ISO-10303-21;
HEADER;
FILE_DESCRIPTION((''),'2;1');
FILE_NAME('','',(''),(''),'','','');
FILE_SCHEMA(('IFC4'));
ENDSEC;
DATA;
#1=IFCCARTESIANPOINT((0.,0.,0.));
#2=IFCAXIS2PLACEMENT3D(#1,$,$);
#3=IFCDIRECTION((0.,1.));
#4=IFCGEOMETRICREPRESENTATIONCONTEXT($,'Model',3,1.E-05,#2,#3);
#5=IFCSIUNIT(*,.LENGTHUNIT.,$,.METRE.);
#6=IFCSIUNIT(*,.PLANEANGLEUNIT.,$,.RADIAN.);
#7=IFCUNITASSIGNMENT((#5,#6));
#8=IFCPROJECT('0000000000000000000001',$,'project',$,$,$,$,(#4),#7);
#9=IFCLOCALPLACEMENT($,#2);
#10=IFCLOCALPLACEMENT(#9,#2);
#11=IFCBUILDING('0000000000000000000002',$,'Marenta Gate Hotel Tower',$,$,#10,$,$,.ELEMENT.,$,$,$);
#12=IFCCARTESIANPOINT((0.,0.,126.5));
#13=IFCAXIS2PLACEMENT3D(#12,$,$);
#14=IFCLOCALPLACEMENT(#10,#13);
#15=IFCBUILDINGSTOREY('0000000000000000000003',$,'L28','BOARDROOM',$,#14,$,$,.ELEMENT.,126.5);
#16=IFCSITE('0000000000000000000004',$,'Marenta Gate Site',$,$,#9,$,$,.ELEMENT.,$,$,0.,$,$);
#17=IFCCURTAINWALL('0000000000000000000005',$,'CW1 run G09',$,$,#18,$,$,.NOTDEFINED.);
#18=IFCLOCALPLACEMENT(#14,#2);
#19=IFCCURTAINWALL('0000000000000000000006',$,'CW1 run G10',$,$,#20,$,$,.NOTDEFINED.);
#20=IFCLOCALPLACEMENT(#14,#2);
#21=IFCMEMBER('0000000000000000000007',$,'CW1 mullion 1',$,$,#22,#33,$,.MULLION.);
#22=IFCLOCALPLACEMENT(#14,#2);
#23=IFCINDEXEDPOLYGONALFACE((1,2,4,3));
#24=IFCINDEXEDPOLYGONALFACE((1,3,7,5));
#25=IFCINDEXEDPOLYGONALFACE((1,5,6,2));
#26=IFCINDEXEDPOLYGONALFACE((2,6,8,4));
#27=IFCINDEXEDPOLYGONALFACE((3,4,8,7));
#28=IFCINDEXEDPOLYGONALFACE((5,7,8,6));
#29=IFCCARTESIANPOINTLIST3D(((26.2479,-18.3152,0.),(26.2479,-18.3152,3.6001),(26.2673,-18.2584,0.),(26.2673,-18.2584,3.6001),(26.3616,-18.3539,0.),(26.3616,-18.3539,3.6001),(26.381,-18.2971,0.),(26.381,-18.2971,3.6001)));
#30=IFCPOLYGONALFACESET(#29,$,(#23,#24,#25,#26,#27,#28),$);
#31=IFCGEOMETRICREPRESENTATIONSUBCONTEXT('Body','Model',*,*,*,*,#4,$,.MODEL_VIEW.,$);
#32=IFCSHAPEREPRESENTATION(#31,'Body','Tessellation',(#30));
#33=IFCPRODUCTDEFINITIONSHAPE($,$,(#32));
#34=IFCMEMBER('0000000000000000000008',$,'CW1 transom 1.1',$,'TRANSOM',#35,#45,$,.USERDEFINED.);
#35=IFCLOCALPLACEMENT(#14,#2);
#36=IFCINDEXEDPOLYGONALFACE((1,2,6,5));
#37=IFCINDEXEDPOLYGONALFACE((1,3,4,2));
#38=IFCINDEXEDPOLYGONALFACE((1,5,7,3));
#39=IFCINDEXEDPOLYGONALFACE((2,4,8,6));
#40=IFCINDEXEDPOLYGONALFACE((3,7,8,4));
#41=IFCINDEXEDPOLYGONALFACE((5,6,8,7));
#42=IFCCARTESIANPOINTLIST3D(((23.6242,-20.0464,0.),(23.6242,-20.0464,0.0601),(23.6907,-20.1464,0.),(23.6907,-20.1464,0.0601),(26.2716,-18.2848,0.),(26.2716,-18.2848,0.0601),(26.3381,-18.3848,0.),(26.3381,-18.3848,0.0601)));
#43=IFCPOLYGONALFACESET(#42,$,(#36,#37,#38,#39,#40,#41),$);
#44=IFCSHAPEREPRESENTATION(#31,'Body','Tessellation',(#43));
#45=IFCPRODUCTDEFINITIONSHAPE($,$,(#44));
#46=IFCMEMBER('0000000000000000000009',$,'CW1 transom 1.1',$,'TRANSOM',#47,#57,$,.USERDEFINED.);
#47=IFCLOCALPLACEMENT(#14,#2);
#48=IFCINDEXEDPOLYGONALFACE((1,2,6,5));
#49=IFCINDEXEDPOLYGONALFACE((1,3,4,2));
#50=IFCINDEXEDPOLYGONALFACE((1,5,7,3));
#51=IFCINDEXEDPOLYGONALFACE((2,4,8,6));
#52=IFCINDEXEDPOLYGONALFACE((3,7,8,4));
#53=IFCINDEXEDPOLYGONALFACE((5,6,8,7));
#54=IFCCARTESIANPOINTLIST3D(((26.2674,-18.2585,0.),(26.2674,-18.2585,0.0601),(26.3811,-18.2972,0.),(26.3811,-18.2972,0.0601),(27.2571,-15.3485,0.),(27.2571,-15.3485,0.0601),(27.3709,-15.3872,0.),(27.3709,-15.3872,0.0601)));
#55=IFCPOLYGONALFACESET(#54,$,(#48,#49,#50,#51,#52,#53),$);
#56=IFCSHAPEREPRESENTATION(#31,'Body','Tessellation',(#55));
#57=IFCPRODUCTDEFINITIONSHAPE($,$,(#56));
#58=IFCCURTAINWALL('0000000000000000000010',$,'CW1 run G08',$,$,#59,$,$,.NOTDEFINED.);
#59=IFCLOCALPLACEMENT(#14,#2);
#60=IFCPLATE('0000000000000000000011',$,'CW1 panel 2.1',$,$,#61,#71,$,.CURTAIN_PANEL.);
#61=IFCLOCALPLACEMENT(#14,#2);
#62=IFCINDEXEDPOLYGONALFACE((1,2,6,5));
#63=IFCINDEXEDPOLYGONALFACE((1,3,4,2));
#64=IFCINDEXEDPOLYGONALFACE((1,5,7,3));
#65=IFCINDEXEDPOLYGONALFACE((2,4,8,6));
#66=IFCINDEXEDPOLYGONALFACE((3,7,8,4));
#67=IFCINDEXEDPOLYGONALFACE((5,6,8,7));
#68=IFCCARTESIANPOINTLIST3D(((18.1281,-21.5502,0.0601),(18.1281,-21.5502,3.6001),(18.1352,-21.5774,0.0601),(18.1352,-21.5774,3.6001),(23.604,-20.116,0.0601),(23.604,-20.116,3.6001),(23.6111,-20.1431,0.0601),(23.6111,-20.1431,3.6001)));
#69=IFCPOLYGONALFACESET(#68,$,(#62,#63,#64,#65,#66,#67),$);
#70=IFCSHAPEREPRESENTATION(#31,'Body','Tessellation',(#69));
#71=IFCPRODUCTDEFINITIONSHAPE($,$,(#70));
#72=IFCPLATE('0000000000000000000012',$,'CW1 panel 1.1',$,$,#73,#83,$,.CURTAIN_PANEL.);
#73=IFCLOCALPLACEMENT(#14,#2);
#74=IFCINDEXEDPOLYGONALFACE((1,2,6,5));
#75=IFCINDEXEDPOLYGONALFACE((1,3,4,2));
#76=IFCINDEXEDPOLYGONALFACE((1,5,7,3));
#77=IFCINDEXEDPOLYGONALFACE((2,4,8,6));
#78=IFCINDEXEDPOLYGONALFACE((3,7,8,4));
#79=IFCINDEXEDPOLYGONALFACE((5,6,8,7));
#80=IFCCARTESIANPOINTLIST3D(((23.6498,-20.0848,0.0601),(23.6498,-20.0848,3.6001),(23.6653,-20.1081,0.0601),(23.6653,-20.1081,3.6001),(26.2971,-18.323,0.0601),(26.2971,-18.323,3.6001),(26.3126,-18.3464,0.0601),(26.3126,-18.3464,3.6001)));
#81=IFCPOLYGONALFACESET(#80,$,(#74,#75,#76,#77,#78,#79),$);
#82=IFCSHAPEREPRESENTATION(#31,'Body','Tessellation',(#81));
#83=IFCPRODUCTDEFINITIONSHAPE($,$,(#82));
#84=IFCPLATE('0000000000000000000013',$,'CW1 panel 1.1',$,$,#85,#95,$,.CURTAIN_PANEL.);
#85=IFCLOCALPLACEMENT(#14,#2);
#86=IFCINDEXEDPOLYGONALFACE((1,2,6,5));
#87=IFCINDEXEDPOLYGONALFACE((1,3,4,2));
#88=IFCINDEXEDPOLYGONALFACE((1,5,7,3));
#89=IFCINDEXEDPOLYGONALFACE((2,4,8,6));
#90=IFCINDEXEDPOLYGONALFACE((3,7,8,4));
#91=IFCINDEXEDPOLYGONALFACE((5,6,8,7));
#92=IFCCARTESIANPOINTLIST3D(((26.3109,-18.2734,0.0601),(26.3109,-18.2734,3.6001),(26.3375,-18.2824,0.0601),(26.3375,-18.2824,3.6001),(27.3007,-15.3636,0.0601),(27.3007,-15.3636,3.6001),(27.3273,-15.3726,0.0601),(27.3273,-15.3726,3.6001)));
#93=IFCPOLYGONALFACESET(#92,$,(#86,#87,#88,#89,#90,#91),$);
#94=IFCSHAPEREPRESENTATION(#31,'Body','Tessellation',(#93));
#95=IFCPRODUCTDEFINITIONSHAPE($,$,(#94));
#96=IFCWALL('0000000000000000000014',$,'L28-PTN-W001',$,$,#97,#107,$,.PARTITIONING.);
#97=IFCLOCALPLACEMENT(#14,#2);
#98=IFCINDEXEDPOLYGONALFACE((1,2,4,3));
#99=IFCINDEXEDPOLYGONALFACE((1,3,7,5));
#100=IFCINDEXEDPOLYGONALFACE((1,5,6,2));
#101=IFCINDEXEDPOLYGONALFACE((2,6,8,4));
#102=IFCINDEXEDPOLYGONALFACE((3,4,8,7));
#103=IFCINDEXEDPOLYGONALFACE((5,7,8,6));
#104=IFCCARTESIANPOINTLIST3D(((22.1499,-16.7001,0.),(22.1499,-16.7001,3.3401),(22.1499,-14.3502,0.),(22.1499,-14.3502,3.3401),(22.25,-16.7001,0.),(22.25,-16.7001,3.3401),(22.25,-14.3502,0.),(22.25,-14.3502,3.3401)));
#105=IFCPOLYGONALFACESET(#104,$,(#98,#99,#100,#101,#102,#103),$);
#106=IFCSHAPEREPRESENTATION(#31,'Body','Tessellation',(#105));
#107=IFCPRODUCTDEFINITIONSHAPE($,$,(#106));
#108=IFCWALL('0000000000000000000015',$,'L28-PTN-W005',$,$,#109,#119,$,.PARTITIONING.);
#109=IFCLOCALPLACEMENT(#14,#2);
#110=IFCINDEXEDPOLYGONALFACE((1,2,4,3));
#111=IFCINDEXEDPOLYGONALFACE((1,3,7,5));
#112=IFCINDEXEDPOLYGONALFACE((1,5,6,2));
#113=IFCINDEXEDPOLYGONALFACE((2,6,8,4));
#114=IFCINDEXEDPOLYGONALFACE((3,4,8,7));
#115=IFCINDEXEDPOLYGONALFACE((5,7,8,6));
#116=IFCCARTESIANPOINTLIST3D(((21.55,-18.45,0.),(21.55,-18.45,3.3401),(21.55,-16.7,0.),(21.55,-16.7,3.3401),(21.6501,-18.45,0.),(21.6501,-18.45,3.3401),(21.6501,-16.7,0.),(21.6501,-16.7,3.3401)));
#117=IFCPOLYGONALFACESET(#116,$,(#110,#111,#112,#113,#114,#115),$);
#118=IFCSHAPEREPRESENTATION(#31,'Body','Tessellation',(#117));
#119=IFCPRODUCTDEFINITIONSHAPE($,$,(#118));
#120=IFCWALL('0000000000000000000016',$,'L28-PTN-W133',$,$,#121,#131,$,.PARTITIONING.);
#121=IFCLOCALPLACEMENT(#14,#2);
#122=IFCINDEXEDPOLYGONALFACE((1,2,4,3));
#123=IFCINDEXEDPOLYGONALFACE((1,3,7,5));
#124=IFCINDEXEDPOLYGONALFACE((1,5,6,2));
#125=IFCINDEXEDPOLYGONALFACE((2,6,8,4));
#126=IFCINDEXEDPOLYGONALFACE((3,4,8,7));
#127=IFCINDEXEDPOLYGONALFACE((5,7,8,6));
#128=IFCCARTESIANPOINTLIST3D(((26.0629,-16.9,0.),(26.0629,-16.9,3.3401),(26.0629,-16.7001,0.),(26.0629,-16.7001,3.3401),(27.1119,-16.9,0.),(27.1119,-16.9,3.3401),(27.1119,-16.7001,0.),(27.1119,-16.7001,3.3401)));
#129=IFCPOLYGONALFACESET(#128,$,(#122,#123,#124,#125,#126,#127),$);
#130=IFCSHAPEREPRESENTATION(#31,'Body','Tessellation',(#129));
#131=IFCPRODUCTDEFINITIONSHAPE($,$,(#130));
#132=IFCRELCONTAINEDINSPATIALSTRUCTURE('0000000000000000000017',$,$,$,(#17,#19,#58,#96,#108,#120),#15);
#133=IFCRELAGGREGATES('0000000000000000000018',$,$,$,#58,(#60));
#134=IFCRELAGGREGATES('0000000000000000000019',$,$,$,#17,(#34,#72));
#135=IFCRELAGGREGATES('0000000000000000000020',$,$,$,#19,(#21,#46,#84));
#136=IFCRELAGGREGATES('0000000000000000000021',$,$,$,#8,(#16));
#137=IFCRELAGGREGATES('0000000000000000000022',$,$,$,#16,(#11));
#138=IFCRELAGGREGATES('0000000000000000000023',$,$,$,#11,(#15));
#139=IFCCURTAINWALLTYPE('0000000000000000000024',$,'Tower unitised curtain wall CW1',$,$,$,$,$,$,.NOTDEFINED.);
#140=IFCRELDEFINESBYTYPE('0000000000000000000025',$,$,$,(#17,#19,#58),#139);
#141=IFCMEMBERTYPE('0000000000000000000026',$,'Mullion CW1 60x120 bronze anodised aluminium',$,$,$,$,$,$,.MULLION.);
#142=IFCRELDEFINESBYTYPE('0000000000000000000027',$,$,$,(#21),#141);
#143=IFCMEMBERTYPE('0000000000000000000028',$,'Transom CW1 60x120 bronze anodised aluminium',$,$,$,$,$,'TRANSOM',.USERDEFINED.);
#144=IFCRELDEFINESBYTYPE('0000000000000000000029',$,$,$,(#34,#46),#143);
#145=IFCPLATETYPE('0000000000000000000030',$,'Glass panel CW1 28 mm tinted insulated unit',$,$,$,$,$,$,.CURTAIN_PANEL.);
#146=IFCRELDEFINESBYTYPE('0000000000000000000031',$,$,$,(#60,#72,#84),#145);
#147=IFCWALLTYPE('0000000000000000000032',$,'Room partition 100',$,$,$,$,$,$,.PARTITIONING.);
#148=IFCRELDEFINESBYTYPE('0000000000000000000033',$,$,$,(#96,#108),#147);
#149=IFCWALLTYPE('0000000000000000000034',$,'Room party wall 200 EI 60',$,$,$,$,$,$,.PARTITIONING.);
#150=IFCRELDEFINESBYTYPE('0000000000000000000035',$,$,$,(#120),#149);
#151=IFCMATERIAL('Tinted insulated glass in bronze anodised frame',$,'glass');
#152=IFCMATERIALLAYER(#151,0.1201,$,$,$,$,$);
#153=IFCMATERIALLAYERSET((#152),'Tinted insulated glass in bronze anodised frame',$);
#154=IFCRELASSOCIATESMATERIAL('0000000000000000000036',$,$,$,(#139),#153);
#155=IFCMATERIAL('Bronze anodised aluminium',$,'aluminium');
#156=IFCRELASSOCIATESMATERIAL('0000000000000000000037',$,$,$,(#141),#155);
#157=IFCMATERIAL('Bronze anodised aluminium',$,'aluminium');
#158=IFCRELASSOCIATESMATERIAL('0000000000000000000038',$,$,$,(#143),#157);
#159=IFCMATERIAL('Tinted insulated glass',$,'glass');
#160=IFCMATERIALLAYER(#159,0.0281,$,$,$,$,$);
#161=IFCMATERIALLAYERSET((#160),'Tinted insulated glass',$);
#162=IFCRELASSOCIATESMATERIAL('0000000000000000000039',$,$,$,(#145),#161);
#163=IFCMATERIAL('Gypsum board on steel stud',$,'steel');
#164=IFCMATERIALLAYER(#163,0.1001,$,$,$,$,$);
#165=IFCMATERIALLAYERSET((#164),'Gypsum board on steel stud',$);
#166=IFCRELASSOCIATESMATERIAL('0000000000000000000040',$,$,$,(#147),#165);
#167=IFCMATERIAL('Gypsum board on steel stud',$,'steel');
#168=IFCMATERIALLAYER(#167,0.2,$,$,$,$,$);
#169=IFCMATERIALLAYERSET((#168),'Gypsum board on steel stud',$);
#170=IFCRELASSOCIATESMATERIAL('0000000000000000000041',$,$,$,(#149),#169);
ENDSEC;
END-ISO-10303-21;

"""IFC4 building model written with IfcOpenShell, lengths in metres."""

from ifc_helpers import new_model, si_unit, direction, frame, frame_2d, origin, origin_2d, place, context, subcontext, project, spatial, rectangle, extrude, material, layer, layer_set, material_profile, profile_set, type_object, element, aggregate, save


model = new_model("IFC4")

# Units and contexts
model_context = context("Model", 3, precision=1e-05, world=origin(), true_north=direction((0.0, 1.0)))
body_context = subcontext(model_context, "Body", "Model", "MODEL_VIEW")
ifc_project = project(units=[si_unit("LENGTHUNIT", "METRE"), si_unit("PLANEANGLEUNIT", "RADIAN")], contexts=[model_context])

# Site, building, storey
site_placement = place(None, origin())
site = spatial("IfcSite", under=ifc_project, at=site_placement, Name="Marenta Gate Site", CompositionType="ELEMENT", RefElevation=0.0)
building_placement = place(site_placement, origin())
building = spatial("IfcBuilding", under=site, at=building_placement, Name="Marenta Gate Hotel Tower", CompositionType="ELEMENT")
storey_placement = place(building_placement, frame((0.0, 0.0, 126.5)))
storey = spatial("IfcBuildingStorey", under=building, at=storey_placement, Name="L28", Description="BOARDROOM", CompositionType="ELEMENT", Elevation=126.5)

# Curtain walls, member
ifc_material_1 = material(Name="Tinted insulated glass in bronze anodised frame", Category="glass")
ifc_layer_1 = layer(ifc_material_1, 0.1201)
ifc_layer_set_1 = layer_set([ifc_layer_1], Name="Tinted insulated glass in bronze anodised frame")
curtain_wall_type = type_object("IfcCurtainWallType", Name="Tower unitised curtain wall CW1", PredefinedType="NOTDEFINED", material=ifc_layer_set_1)
curtain_wall_1_placement = place(storey_placement, origin())
curtain_wall_1 = element("IfcCurtainWall", 1, at=curtain_wall_1_placement, inside=storey, type_object=curtain_wall_type, Name="CW1 run G09", PredefinedType="NOTDEFINED")
ifc_material_2 = material(Name="Bronze anodised aluminium", Category="aluminium")
ifc_material_profile_1 = material_profile(ifc_material_2, rectangle(XDim=0.1201, YDim=0.0601, at=origin_2d()), Name="Mullion CW1 60x120 bronze anodised aluminium")
ifc_profile_set_1 = profile_set([ifc_material_profile_1], Name="Bronze anodised aluminium")
member_type_1 = type_object("IfcMemberType", Name="Mullion CW1 60x120 bronze anodised aluminium", PredefinedType="MULLION", material=ifc_profile_set_1)
curtain_wall_2_placement = place(storey_placement, origin())
curtain_wall_2 = element("IfcCurtainWall", 2, at=curtain_wall_2_placement, inside=storey, type_object=curtain_wall_type, Name="CW1 run G10", PredefinedType="NOTDEFINED")
member_1_placement = place(storey_placement, frame((26.3145, -18.3062, 0.0), z_axis=(0.0, 0.0, 1.0), x_axis=(-0.946728, 0.322033, 0.0)))
member_1 = element("IfcMember", 3, at=member_1_placement, type_object=member_type_1, Name="CW1 mullion 1", PredefinedType="MULLION", context=body_context, shape_type="SweptSolid", body=[
    extrude(rectangle(XDim=0.1201, YDim=0.0601, at=origin_2d()), origin(), (0.0, 0.0, 1.0), 3.6001),
])

# Members
ifc_material_3 = material(Name="Bronze anodised aluminium", Category="aluminium")
ifc_material_profile_2 = material_profile(ifc_material_3, rectangle(XDim=0.1201, YDim=0.0601, at=origin_2d()), Name="Transom CW1 60x120 bronze anodised aluminium")
ifc_profile_set_2 = profile_set([ifc_material_profile_2], Name="Bronze anodised aluminium")
member_type_2 = type_object("IfcMemberType", Name="Transom CW1 60x120 bronze anodised aluminium", ElementType="TRANSOM", PredefinedType="USERDEFINED", material=ifc_profile_set_2)
member_2_placement = place(storey_placement, frame((23.6575, -20.0964, 0.03), z_axis=(0.832522, 0.553991, 0.0), x_axis=(-0.553991, 0.832522, 0.0)))
member_2 = element("IfcMember", 4, at=member_2_placement, type_object=member_type_2, Name="CW1 transom 1.1", ObjectType="TRANSOM", PredefinedType="USERDEFINED", context=body_context, shape_type="SweptSolid", body=[
    extrude(rectangle(XDim=0.1201, YDim=0.0601, at=origin_2d()), origin(), (0.0, 0.0, 1.0), 3.1799),
])
member_3_placement = place(storey_placement, frame((26.3242, -18.2778, 0.03), z_axis=(0.322012, 0.946735, 0.0), x_axis=(-0.946735, 0.322012, 0.0)))
member_3 = element("IfcMember", 5, at=member_3_placement, type_object=member_type_2, Name="CW1 transom 1.1", ObjectType="TRANSOM", PredefinedType="USERDEFINED", context=body_context, shape_type="SweptSolid", body=[
    extrude(rectangle(XDim=0.1201, YDim=0.0601, at=origin_2d()), origin(), (0.0, 0.0, 1.0), 3.0737),
])

# Curtain wall, plate
curtain_wall_3_placement = place(storey_placement, origin())
curtain_wall_3 = element("IfcCurtainWall", 6, at=curtain_wall_3_placement, inside=storey, type_object=curtain_wall_type, Name="CW1 run G08", PredefinedType="NOTDEFINED")
ifc_material_4 = material(Name="Tinted insulated glass", Category="glass")
ifc_layer_2 = layer(ifc_material_4, 0.0281)
ifc_layer_set_2 = layer_set([ifc_layer_2], Name="Tinted insulated glass")
plate_type = type_object("IfcPlateType", Name="Glass panel CW1 28 mm tinted insulated unit", PredefinedType="CURTAIN_PANEL", material=ifc_layer_set_2)
plate_1_placement = place(storey_placement, frame((20.8696, -20.8467, 0.0601), z_axis=(0.0, 0.0, 1.0), x_axis=(0.967368, 0.253374, 0.0)))
plate_1 = element("IfcPlate", 7, at=plate_1_placement, type_object=plate_type, Name="CW1 panel 2.1", PredefinedType="CURTAIN_PANEL", context=body_context, shape_type="SweptSolid", body=[
    extrude(rectangle(XDim=5.6606, YDim=0.0281, at=origin_2d()), origin(), (0.0, 0.0, 1.0), 3.54),
])
aggregate(curtain_wall_3, [plate_1])

# Plates
plate_2_placement = place(storey_placement, frame((24.9812, -19.2156, 0.0601), z_axis=(0.0, 0.0, 1.0), x_axis=(0.832506, 0.554016, 0.0)))
plate_2 = element("IfcPlate", 8, at=plate_2_placement, type_object=plate_type, Name="CW1 panel 1.1", PredefinedType="CURTAIN_PANEL", context=body_context, shape_type="SweptSolid", body=[
    extrude(rectangle(XDim=3.1799, YDim=0.0281, at=origin_2d()), origin(), (0.0, 0.0, 1.0), 3.54),
])
aggregate(curtain_wall_1, [member_2, plate_2])
plate_3_placement = place(storey_placement, frame((26.8191, -16.823, 0.0601), z_axis=(0.0, 0.0, 1.0), x_axis=(0.322033, 0.946728, 0.0)))
plate_3 = element("IfcPlate", 9, at=plate_3_placement, type_object=plate_type, Name="CW1 panel 1.1", PredefinedType="CURTAIN_PANEL", context=body_context, shape_type="SweptSolid", body=[
    extrude(rectangle(XDim=3.0735, YDim=0.0281, at=origin_2d()), origin(), (0.0, 0.0, 1.0), 3.54),
])
aggregate(curtain_wall_2, [member_1, member_3, plate_3])

# Walls
ifc_material_5 = material(Name="Gypsum board on steel stud", Category="steel")
ifc_layer_3 = layer(ifc_material_5, 0.1001)
ifc_layer_set_3 = layer_set([ifc_layer_3], Name="Gypsum board on steel stud")
wall_type_1 = type_object("IfcWallType", Name="Room partition 100", PredefinedType="PARTITIONING", material=ifc_layer_set_3)
wall_1_placement = place(storey_placement, frame((22.2, -16.7, 0.0), z_axis=(0.0, 0.0, 1.0), x_axis=(0.0, 1.0, 0.0)))
element("IfcWall", 10, at=wall_1_placement, inside=storey, type_object=wall_type_1, Name="L28-PTN-W001", PredefinedType="PARTITIONING", context=body_context, shape_type="SweptSolid", body=[
    extrude(rectangle(XDim=2.3499, YDim=0.1001, at=frame_2d((1.1748, 0.0))), origin(), (0.0, 0.0, 1.0), 3.3401),
])
wall_2_placement = place(storey_placement, frame((21.6001, -18.45, 0.0), z_axis=(0.0, 0.0, 1.0), x_axis=(0.0, 1.0, 0.0)))
element("IfcWall", 11, at=wall_2_placement, inside=storey, type_object=wall_type_1, Name="L28-PTN-W005", PredefinedType="PARTITIONING", context=body_context, shape_type="SweptSolid", body=[
    extrude(rectangle(XDim=1.75, YDim=0.1001, at=frame_2d((0.875, 0.0))), origin(), (0.0, 0.0, 1.0), 3.3401),
])
ifc_material_6 = material(Name="Gypsum board on steel stud", Category="steel")
ifc_layer_4 = layer(ifc_material_6, 0.2)
ifc_layer_set_4 = layer_set([ifc_layer_4], Name="Gypsum board on steel stud")
wall_type_2 = type_object("IfcWallType", Name="Room party wall 200 EI 60", PredefinedType="PARTITIONING", material=ifc_layer_set_4)
wall_3_placement = place(storey_placement, frame((26.063, -16.8, 0.0), z_axis=(0.0, 0.0, 1.0), x_axis=(1.0, 0.0, 0.0)))
element("IfcWall", 12, at=wall_3_placement, inside=storey, type_object=wall_type_2, Name="L28-PTN-W133", PredefinedType="PARTITIONING", context=body_context, shape_type="SweptSolid", body=[
    extrude(rectangle(XDim=1.0491, YDim=0.2, at=frame_2d((0.5244, 0.0))), origin(), (0.0, 0.0, 1.0), 3.3401),
])

save(model, "model.ifc")
